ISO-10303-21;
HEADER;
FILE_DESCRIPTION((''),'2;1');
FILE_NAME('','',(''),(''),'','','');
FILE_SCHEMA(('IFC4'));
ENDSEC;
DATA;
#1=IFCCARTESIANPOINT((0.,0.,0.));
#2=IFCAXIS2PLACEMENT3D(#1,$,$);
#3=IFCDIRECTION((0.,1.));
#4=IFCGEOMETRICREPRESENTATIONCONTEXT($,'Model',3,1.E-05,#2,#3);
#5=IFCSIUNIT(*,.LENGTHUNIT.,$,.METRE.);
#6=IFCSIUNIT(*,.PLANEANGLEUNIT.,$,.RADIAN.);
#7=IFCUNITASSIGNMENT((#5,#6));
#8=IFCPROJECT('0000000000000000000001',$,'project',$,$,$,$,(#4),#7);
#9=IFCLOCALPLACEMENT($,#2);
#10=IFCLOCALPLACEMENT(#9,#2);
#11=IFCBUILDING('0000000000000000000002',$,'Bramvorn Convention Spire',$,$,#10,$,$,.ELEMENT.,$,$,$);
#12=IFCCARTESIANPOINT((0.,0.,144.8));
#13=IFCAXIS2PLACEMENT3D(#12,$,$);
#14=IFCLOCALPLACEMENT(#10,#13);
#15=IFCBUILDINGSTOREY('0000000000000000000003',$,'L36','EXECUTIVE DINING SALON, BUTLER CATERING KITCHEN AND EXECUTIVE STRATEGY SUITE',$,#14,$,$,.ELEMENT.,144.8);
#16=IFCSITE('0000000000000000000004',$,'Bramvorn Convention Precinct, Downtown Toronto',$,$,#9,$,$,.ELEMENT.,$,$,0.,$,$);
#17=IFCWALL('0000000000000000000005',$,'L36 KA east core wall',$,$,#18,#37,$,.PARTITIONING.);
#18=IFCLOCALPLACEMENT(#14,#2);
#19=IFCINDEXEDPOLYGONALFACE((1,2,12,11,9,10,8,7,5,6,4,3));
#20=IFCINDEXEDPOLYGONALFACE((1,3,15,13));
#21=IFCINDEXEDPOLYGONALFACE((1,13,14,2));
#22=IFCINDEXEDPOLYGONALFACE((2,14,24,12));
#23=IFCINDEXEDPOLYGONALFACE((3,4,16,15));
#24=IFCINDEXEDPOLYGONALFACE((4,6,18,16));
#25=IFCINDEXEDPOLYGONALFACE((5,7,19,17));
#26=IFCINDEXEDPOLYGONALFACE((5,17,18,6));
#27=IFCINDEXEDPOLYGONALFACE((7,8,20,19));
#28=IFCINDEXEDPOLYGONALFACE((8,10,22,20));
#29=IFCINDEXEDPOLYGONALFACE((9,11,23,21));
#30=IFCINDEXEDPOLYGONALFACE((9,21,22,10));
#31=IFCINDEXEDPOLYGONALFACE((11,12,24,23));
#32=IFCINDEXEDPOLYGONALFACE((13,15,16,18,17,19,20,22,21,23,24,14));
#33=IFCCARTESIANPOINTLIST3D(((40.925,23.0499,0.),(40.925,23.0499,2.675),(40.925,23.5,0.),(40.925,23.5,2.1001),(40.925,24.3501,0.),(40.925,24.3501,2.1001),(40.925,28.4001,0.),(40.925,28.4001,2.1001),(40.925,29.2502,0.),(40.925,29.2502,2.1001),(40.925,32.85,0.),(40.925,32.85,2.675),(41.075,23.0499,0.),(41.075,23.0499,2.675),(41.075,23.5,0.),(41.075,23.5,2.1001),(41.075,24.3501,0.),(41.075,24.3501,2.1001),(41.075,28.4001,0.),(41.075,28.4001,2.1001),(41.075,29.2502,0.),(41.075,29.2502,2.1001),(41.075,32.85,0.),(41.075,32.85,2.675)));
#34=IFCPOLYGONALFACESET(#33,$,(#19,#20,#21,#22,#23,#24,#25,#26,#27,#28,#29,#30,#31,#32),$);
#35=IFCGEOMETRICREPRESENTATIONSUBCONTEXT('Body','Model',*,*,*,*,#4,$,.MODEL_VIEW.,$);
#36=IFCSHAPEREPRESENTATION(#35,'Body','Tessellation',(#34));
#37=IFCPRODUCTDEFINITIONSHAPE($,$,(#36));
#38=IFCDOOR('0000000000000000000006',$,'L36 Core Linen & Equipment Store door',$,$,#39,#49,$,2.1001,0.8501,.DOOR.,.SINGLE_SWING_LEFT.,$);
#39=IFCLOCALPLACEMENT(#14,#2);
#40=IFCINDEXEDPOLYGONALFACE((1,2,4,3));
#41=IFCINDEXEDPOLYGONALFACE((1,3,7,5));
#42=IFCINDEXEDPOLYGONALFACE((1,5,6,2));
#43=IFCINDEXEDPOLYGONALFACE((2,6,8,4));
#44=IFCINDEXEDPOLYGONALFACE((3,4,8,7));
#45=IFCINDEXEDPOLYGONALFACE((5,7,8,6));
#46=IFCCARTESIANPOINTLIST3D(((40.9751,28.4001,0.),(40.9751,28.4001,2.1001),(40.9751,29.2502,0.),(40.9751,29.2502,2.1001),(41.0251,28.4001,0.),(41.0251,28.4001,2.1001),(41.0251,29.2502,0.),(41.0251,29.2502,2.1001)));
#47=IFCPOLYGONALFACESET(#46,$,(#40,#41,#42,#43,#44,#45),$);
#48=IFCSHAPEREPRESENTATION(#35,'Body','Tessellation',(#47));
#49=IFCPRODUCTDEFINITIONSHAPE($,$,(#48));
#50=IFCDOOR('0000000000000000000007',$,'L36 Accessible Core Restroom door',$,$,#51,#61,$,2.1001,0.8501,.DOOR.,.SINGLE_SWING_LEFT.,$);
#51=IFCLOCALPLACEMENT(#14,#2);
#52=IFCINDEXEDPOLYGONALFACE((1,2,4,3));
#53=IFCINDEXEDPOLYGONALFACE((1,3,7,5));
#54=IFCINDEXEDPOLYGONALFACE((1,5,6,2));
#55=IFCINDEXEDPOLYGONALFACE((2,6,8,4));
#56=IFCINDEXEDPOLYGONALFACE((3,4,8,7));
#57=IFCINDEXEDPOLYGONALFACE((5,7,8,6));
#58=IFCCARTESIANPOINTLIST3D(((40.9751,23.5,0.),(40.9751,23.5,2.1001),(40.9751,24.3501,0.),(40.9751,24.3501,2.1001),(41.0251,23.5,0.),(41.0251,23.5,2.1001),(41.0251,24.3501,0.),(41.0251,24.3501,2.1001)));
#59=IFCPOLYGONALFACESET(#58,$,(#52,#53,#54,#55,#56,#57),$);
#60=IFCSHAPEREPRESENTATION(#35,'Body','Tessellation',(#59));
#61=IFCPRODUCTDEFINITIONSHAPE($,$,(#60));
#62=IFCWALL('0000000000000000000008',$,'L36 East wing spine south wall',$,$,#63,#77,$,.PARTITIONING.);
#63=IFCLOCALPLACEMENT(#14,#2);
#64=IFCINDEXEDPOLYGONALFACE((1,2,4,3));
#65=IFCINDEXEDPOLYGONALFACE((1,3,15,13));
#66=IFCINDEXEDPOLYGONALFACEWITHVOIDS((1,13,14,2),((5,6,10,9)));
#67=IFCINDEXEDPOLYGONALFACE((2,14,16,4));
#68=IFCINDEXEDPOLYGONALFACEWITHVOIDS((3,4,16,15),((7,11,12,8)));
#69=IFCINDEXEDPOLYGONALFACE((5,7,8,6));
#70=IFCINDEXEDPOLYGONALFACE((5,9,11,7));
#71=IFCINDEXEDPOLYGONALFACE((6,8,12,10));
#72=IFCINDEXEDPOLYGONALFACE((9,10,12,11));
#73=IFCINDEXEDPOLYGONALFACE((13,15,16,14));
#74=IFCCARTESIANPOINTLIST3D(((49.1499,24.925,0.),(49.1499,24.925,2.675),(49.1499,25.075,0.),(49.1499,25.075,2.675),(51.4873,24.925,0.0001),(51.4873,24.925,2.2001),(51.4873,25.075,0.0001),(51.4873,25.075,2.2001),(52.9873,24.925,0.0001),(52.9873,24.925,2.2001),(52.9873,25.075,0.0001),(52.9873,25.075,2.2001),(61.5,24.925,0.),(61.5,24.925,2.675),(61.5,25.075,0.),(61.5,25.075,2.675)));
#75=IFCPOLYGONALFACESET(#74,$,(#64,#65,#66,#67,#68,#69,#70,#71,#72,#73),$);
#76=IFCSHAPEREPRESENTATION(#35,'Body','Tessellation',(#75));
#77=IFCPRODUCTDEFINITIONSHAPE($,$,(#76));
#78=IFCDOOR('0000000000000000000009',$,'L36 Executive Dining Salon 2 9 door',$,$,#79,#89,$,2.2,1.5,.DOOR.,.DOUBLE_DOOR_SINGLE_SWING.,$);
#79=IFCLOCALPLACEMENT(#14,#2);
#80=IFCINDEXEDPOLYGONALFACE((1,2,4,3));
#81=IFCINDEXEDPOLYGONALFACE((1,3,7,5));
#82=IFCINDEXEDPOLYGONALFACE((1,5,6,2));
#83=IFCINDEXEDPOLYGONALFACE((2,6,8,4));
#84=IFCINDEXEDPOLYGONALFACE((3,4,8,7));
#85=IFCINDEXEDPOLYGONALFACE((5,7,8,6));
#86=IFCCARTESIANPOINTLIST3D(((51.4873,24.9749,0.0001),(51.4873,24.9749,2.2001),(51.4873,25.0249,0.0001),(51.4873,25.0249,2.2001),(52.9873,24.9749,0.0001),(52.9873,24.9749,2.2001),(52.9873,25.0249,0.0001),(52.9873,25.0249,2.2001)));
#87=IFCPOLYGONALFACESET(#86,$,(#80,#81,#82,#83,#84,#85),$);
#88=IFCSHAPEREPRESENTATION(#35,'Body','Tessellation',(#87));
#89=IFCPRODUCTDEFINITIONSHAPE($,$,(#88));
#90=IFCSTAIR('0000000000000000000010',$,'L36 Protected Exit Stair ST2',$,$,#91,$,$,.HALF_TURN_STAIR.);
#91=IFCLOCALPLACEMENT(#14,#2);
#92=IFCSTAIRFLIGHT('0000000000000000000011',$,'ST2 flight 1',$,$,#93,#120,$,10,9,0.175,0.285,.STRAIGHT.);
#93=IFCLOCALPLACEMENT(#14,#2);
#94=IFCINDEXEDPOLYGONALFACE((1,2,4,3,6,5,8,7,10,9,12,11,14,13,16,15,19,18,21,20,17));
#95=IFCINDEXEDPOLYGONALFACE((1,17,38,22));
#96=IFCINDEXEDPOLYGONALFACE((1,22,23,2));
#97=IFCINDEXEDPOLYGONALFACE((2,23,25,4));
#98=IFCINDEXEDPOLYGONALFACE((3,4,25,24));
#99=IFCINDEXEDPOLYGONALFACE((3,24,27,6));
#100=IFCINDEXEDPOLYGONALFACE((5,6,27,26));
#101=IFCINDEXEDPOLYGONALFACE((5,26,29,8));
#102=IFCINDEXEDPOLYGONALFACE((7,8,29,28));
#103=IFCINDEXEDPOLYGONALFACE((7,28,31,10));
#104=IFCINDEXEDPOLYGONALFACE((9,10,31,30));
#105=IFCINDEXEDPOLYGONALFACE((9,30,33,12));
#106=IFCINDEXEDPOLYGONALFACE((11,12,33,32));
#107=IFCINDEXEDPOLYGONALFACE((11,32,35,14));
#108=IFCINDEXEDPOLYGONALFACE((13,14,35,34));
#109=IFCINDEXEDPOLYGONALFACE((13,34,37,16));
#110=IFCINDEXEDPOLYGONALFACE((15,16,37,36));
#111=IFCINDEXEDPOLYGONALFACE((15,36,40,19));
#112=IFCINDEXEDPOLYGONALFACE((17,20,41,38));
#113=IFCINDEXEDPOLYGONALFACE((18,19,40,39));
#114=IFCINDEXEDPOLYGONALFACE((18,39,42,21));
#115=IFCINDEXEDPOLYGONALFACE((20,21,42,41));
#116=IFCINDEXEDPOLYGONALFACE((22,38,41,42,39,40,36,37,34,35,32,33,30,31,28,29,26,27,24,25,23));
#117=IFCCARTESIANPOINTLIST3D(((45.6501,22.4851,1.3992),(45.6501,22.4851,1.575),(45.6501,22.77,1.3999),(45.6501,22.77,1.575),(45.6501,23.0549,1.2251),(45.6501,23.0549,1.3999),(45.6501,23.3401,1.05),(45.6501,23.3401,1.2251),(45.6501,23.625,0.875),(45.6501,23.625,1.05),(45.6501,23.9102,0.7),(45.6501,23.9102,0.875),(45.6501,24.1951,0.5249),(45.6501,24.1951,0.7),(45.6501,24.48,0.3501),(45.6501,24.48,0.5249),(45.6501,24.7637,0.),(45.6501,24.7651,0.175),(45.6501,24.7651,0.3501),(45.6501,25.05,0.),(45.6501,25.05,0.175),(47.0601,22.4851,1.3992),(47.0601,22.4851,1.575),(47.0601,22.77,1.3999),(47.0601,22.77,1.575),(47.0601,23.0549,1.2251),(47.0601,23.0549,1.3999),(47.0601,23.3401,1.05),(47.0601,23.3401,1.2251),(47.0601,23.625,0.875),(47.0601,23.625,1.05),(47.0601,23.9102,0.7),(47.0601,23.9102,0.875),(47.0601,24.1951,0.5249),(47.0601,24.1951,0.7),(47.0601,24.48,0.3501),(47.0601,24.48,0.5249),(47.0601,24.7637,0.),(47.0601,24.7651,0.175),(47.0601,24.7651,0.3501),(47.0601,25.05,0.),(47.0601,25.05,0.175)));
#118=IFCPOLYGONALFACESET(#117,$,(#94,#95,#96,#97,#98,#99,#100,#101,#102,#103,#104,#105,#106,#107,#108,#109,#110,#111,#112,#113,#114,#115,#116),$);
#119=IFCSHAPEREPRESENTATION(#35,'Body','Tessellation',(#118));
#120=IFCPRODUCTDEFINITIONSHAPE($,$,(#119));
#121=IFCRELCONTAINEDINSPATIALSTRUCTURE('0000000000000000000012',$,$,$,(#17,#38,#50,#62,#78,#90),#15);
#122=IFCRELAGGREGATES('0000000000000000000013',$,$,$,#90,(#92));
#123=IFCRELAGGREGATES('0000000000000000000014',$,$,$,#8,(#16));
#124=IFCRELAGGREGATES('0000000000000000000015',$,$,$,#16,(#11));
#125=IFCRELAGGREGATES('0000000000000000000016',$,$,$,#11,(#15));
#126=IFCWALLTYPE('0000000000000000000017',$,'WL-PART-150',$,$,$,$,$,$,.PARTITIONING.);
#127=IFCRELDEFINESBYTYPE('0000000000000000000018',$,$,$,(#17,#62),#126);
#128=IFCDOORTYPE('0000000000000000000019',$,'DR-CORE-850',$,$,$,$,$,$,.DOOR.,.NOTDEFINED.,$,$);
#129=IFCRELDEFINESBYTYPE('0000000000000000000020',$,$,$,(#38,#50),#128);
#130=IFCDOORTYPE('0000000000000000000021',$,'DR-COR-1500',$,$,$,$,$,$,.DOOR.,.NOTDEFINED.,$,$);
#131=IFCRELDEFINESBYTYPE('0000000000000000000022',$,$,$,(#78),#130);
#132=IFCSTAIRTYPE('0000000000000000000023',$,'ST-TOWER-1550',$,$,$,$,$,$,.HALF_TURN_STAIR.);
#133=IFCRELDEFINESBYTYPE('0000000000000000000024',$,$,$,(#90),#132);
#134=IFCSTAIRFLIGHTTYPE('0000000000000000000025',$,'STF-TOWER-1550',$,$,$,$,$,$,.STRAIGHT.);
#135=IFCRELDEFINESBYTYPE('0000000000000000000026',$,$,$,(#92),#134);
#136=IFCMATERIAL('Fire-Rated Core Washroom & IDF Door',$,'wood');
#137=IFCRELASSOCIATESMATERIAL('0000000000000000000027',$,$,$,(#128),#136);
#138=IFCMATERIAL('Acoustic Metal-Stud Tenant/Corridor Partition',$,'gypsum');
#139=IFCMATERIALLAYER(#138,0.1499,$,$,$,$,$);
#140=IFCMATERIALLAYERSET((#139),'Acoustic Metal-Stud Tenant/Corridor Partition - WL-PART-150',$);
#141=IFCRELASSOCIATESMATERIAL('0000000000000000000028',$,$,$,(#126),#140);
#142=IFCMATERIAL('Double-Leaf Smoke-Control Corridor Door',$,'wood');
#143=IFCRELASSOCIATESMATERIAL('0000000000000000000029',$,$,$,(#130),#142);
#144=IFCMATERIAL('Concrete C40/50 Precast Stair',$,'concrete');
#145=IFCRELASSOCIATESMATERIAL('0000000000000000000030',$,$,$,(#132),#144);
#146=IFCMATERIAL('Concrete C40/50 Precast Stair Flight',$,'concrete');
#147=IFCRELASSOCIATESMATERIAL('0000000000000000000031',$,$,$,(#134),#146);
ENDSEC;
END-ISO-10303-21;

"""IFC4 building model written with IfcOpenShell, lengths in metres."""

from ifc_helpers import new_model, si_unit, direction, frame, frame_2d, origin, place, context, subcontext, project, spatial, polyline, rectangle, outline, extrude, material, layer, layer_set, type_object, element, fill, aggregate, save


model = new_model("IFC4")

# Units and contexts
model_context = context("Model", 3, precision=1e-05, world=origin(), true_north=direction((0.0, 1.0)))
body_context = subcontext(model_context, "Body", "Model", "MODEL_VIEW")
ifc_project = project(units=[si_unit("LENGTHUNIT", "METRE"), si_unit("PLANEANGLEUNIT", "RADIAN")], contexts=[model_context])

# Site, building, storey
site_placement = place(None, origin())
site = spatial("IfcSite", under=ifc_project, at=site_placement, Name="Bramvorn Convention Precinct, Downtown Toronto", CompositionType="ELEMENT", RefElevation=0.0)
building_placement = place(site_placement, origin())
building = spatial("IfcBuilding", under=site, at=building_placement, Name="Bramvorn Convention Spire", CompositionType="ELEMENT")
storey_placement = place(building_placement, frame((0.0, 0.0, 144.8)))
storey = spatial("IfcBuildingStorey", under=building, at=storey_placement, Name="L36", Description="EXECUTIVE DINING SALON, BUTLER CATERING KITCHEN AND EXECUTIVE STRATEGY SUITE", CompositionType="ELEMENT", Elevation=144.8)

# Shared definitions
ifc_material_1 = material(Name="Fire-Rated Core Washroom & IDF Door", Category="wood")
door_type_1 = type_object("IfcDoorType", Name="DR-CORE-850", OperationType="NOTDEFINED", PredefinedType="DOOR", material=ifc_material_1)

# Wall, openings, doors
ifc_material_2 = material(Name="Acoustic Metal-Stud Tenant/Corridor Partition", Category="gypsum")
ifc_layer_1 = layer(ifc_material_2, 0.1499)
ifc_layer_set_1 = layer_set([ifc_layer_1], Name="Acoustic Metal-Stud Tenant/Corridor Partition - WL-PART-150")
wall_type_1 = type_object("IfcWallType", Name="WL-PART-150", PredefinedType="PARTITIONING", material=ifc_layer_set_1)
wall_1_placement = place(storey_placement, frame((41.0, 23.05, 0.0), z_axis=(0.0, 0.0, 1.0), x_axis=(0.0, 1.0, 0.0)))
wall_1 = element("IfcWall", 1, at=wall_1_placement, inside=storey, type_object=wall_type_1, Name="L36 KA east core wall", PredefinedType="PARTITIONING", context=body_context, shape_type="SweptSolid", body=[
    extrude(rectangle(XDim=9.8, YDim=0.1499, at=frame_2d((4.8999, 0.0))), origin(), (0.0, 0.0, 1.0), 2.675),
])
opening_1_placement = place(wall_1_placement, frame((5.3501, 0.0, 0.0)))
opening_1 = element("IfcOpeningElement", 2, at=opening_1_placement, cuts=wall_1, PredefinedType="OPENING", context=body_context, shape_type="SweptSolid", body=[
    extrude(rectangle(XDim=0.8501, YDim=2.1001, at=frame_2d((0.425, 1.05))), frame((0.0, 0.085, 0.0), z_axis=(0.0, -1.0, 0.0), x_axis=(1.0, 0.0, 0.0)), (0.0, 0.0, 1.0), 0.1699),
])
opening_2_placement = place(wall_1_placement, frame((0.45, 0.0, 0.0)))
opening_2 = element("IfcOpeningElement", 3, at=opening_2_placement, cuts=wall_1, PredefinedType="OPENING", context=body_context, shape_type="SweptSolid", body=[
    extrude(rectangle(XDim=0.8501, YDim=2.1001, at=frame_2d((0.425, 1.05))), frame((0.0, 0.085, 0.0), z_axis=(0.0, -1.0, 0.0), x_axis=(1.0, 0.0, 0.0)), (0.0, 0.0, 1.0), 0.1699),
])
door_1_placement = place(opening_1_placement, origin())
door_1 = element("IfcDoor", 4, at=door_1_placement, inside=storey, type_object=door_type_1, Name="L36 Core Linen & Equipment Store door", OperationType="SINGLE_SWING_LEFT", OverallHeight=2.1001, OverallWidth=0.8501, PredefinedType="DOOR", context=body_context, shape_type="SweptSolid", body=[
    extrude(rectangle(XDim=0.8501, YDim=2.1001, at=frame_2d((0.425, 1.05))), frame((0.0, 0.0249, 0.0), z_axis=(0.0, -1.0, 0.0), x_axis=(1.0, 0.0, 0.0)), (0.0, 0.0, 1.0), 0.05),
])
fill(opening_1, door_1)
door_2_placement = place(opening_2_placement, origin())
door_2 = element("IfcDoor", 5, at=door_2_placement, inside=storey, type_object=door_type_1, Name="L36 Accessible Core Restroom door", OperationType="SINGLE_SWING_LEFT", OverallHeight=2.1001, OverallWidth=0.8501, PredefinedType="DOOR", context=body_context, shape_type="SweptSolid", body=[
    extrude(rectangle(XDim=0.8501, YDim=2.1001, at=frame_2d((0.425, 1.05))), frame((0.0, 0.0249, 0.0), z_axis=(0.0, -1.0, 0.0), x_axis=(1.0, 0.0, 0.0)), (0.0, 0.0, 1.0), 0.05),
])
fill(opening_2, door_2)

# Wall, opening, door
wall_2_placement = place(storey_placement, frame((49.1499, 25.0, 0.0), z_axis=(0.0, 0.0, 1.0), x_axis=(1.0, 0.0, 0.0)))
wall_2 = element("IfcWall", 6, at=wall_2_placement, inside=storey, type_object=wall_type_1, Name="L36 East wing spine south wall", PredefinedType="PARTITIONING", context=body_context, shape_type="SweptSolid", body=[
    extrude(rectangle(XDim=12.3501, YDim=0.1499, at=frame_2d((6.175, 0.0))), origin(), (0.0, 0.0, 1.0), 2.675),
])
opening_3_placement = place(wall_2_placement, frame((2.3374, 0.0, 0.0)))
opening_3 = element("IfcOpeningElement", 7, at=opening_3_placement, cuts=wall_2, PredefinedType="OPENING", context=body_context, shape_type="SweptSolid", body=[
    extrude(rectangle(XDim=1.5, YDim=2.2, at=frame_2d((0.75, 1.1001))), frame((0.0, 0.085, 0.0), z_axis=(0.0, -1.0, 0.0), x_axis=(1.0, 0.0, 0.0)), (0.0, 0.0, 1.0), 0.1699),
])
ifc_material_3 = material(Name="Double-Leaf Smoke-Control Corridor Door", Category="wood")
door_type_2 = type_object("IfcDoorType", Name="DR-COR-1500", OperationType="NOTDEFINED", PredefinedType="DOOR", material=ifc_material_3)
door_3_placement = place(opening_3_placement, origin())
door_3 = element("IfcDoor", 8, at=door_3_placement, inside=storey, type_object=door_type_2, Name="L36 Executive Dining Salon 2 9 door", OperationType="DOUBLE_DOOR_SINGLE_SWING", OverallHeight=2.2, OverallWidth=1.5, PredefinedType="DOOR", context=body_context, shape_type="SweptSolid", body=[
    extrude(rectangle(XDim=1.5, YDim=2.2, at=frame_2d((0.75, 1.1001))), frame((0.0, 0.0249, 0.0), z_axis=(0.0, -1.0, 0.0), x_axis=(1.0, 0.0, 0.0)), (0.0, 0.0, 1.0), 0.05),
])
fill(opening_3, door_3)

# Stair, stair flight
ifc_material_4 = material(Name="Concrete C40/50 Precast Stair", Category="concrete")
stair_type = type_object("IfcStairType", Name="ST-TOWER-1550", PredefinedType="HALF_TURN_STAIR", material=ifc_material_4)
stair_placement = place(storey_placement, origin())
stair = element("IfcStair", 9, at=stair_placement, inside=storey, type_object=stair_type, Name="L36 Protected Exit Stair ST2", PredefinedType="HALF_TURN_STAIR")
ifc_material_5 = material(Name="Concrete C40/50 Precast Stair Flight", Category="concrete")
stair_flight_type = type_object("IfcStairFlightType", Name="STF-TOWER-1550", PredefinedType="STRAIGHT", material=ifc_material_5)
stair_flight_placement = place(storey_placement, frame((46.355, 25.05, 0.0), z_axis=(0.0, 0.0, 1.0), x_axis=(0.0, -1.0, 0.0)))
stair_flight = element("IfcStairFlight", 10, at=stair_flight_placement, type_object=stair_flight_type, Name="ST2 flight 1", NumberOfRisers=10, NumberOfTreads=9, PredefinedType="STRAIGHT", RiserHeight=0.175, TreadLength=0.285, context=body_context, shape_type="SweptSolid", body=[
    extrude(outline(polyline([(0.0, 0.0), (0.0, 0.175), (0.2849, 0.175), (0.2849, 0.3501), (0.5701, 0.3501), (0.5701, 0.5249), (0.855, 0.5249), (0.855, 0.7), (1.1399, 0.7), (1.1399, 0.875), (1.425, 0.875), (1.425, 1.05), (1.71, 1.05), (1.71, 1.2251), (1.9951, 1.2251), (1.9951, 1.3999), (2.28, 1.3999), (2.28, 1.575), (2.5649, 1.575), (2.5649, 1.75), (2.5649, 1.3992), (0.2864, 0.0), (0.0, 0.0)])), frame((0.0, 0.7051, 0.0), z_axis=(0.0, -1.0, 0.0), x_axis=(1.0, 0.0, 0.0)), (0.0, 0.0, 1.0), 1.4099),
])
aggregate(stair, [stair_flight])

save(model, "model.ifc")
